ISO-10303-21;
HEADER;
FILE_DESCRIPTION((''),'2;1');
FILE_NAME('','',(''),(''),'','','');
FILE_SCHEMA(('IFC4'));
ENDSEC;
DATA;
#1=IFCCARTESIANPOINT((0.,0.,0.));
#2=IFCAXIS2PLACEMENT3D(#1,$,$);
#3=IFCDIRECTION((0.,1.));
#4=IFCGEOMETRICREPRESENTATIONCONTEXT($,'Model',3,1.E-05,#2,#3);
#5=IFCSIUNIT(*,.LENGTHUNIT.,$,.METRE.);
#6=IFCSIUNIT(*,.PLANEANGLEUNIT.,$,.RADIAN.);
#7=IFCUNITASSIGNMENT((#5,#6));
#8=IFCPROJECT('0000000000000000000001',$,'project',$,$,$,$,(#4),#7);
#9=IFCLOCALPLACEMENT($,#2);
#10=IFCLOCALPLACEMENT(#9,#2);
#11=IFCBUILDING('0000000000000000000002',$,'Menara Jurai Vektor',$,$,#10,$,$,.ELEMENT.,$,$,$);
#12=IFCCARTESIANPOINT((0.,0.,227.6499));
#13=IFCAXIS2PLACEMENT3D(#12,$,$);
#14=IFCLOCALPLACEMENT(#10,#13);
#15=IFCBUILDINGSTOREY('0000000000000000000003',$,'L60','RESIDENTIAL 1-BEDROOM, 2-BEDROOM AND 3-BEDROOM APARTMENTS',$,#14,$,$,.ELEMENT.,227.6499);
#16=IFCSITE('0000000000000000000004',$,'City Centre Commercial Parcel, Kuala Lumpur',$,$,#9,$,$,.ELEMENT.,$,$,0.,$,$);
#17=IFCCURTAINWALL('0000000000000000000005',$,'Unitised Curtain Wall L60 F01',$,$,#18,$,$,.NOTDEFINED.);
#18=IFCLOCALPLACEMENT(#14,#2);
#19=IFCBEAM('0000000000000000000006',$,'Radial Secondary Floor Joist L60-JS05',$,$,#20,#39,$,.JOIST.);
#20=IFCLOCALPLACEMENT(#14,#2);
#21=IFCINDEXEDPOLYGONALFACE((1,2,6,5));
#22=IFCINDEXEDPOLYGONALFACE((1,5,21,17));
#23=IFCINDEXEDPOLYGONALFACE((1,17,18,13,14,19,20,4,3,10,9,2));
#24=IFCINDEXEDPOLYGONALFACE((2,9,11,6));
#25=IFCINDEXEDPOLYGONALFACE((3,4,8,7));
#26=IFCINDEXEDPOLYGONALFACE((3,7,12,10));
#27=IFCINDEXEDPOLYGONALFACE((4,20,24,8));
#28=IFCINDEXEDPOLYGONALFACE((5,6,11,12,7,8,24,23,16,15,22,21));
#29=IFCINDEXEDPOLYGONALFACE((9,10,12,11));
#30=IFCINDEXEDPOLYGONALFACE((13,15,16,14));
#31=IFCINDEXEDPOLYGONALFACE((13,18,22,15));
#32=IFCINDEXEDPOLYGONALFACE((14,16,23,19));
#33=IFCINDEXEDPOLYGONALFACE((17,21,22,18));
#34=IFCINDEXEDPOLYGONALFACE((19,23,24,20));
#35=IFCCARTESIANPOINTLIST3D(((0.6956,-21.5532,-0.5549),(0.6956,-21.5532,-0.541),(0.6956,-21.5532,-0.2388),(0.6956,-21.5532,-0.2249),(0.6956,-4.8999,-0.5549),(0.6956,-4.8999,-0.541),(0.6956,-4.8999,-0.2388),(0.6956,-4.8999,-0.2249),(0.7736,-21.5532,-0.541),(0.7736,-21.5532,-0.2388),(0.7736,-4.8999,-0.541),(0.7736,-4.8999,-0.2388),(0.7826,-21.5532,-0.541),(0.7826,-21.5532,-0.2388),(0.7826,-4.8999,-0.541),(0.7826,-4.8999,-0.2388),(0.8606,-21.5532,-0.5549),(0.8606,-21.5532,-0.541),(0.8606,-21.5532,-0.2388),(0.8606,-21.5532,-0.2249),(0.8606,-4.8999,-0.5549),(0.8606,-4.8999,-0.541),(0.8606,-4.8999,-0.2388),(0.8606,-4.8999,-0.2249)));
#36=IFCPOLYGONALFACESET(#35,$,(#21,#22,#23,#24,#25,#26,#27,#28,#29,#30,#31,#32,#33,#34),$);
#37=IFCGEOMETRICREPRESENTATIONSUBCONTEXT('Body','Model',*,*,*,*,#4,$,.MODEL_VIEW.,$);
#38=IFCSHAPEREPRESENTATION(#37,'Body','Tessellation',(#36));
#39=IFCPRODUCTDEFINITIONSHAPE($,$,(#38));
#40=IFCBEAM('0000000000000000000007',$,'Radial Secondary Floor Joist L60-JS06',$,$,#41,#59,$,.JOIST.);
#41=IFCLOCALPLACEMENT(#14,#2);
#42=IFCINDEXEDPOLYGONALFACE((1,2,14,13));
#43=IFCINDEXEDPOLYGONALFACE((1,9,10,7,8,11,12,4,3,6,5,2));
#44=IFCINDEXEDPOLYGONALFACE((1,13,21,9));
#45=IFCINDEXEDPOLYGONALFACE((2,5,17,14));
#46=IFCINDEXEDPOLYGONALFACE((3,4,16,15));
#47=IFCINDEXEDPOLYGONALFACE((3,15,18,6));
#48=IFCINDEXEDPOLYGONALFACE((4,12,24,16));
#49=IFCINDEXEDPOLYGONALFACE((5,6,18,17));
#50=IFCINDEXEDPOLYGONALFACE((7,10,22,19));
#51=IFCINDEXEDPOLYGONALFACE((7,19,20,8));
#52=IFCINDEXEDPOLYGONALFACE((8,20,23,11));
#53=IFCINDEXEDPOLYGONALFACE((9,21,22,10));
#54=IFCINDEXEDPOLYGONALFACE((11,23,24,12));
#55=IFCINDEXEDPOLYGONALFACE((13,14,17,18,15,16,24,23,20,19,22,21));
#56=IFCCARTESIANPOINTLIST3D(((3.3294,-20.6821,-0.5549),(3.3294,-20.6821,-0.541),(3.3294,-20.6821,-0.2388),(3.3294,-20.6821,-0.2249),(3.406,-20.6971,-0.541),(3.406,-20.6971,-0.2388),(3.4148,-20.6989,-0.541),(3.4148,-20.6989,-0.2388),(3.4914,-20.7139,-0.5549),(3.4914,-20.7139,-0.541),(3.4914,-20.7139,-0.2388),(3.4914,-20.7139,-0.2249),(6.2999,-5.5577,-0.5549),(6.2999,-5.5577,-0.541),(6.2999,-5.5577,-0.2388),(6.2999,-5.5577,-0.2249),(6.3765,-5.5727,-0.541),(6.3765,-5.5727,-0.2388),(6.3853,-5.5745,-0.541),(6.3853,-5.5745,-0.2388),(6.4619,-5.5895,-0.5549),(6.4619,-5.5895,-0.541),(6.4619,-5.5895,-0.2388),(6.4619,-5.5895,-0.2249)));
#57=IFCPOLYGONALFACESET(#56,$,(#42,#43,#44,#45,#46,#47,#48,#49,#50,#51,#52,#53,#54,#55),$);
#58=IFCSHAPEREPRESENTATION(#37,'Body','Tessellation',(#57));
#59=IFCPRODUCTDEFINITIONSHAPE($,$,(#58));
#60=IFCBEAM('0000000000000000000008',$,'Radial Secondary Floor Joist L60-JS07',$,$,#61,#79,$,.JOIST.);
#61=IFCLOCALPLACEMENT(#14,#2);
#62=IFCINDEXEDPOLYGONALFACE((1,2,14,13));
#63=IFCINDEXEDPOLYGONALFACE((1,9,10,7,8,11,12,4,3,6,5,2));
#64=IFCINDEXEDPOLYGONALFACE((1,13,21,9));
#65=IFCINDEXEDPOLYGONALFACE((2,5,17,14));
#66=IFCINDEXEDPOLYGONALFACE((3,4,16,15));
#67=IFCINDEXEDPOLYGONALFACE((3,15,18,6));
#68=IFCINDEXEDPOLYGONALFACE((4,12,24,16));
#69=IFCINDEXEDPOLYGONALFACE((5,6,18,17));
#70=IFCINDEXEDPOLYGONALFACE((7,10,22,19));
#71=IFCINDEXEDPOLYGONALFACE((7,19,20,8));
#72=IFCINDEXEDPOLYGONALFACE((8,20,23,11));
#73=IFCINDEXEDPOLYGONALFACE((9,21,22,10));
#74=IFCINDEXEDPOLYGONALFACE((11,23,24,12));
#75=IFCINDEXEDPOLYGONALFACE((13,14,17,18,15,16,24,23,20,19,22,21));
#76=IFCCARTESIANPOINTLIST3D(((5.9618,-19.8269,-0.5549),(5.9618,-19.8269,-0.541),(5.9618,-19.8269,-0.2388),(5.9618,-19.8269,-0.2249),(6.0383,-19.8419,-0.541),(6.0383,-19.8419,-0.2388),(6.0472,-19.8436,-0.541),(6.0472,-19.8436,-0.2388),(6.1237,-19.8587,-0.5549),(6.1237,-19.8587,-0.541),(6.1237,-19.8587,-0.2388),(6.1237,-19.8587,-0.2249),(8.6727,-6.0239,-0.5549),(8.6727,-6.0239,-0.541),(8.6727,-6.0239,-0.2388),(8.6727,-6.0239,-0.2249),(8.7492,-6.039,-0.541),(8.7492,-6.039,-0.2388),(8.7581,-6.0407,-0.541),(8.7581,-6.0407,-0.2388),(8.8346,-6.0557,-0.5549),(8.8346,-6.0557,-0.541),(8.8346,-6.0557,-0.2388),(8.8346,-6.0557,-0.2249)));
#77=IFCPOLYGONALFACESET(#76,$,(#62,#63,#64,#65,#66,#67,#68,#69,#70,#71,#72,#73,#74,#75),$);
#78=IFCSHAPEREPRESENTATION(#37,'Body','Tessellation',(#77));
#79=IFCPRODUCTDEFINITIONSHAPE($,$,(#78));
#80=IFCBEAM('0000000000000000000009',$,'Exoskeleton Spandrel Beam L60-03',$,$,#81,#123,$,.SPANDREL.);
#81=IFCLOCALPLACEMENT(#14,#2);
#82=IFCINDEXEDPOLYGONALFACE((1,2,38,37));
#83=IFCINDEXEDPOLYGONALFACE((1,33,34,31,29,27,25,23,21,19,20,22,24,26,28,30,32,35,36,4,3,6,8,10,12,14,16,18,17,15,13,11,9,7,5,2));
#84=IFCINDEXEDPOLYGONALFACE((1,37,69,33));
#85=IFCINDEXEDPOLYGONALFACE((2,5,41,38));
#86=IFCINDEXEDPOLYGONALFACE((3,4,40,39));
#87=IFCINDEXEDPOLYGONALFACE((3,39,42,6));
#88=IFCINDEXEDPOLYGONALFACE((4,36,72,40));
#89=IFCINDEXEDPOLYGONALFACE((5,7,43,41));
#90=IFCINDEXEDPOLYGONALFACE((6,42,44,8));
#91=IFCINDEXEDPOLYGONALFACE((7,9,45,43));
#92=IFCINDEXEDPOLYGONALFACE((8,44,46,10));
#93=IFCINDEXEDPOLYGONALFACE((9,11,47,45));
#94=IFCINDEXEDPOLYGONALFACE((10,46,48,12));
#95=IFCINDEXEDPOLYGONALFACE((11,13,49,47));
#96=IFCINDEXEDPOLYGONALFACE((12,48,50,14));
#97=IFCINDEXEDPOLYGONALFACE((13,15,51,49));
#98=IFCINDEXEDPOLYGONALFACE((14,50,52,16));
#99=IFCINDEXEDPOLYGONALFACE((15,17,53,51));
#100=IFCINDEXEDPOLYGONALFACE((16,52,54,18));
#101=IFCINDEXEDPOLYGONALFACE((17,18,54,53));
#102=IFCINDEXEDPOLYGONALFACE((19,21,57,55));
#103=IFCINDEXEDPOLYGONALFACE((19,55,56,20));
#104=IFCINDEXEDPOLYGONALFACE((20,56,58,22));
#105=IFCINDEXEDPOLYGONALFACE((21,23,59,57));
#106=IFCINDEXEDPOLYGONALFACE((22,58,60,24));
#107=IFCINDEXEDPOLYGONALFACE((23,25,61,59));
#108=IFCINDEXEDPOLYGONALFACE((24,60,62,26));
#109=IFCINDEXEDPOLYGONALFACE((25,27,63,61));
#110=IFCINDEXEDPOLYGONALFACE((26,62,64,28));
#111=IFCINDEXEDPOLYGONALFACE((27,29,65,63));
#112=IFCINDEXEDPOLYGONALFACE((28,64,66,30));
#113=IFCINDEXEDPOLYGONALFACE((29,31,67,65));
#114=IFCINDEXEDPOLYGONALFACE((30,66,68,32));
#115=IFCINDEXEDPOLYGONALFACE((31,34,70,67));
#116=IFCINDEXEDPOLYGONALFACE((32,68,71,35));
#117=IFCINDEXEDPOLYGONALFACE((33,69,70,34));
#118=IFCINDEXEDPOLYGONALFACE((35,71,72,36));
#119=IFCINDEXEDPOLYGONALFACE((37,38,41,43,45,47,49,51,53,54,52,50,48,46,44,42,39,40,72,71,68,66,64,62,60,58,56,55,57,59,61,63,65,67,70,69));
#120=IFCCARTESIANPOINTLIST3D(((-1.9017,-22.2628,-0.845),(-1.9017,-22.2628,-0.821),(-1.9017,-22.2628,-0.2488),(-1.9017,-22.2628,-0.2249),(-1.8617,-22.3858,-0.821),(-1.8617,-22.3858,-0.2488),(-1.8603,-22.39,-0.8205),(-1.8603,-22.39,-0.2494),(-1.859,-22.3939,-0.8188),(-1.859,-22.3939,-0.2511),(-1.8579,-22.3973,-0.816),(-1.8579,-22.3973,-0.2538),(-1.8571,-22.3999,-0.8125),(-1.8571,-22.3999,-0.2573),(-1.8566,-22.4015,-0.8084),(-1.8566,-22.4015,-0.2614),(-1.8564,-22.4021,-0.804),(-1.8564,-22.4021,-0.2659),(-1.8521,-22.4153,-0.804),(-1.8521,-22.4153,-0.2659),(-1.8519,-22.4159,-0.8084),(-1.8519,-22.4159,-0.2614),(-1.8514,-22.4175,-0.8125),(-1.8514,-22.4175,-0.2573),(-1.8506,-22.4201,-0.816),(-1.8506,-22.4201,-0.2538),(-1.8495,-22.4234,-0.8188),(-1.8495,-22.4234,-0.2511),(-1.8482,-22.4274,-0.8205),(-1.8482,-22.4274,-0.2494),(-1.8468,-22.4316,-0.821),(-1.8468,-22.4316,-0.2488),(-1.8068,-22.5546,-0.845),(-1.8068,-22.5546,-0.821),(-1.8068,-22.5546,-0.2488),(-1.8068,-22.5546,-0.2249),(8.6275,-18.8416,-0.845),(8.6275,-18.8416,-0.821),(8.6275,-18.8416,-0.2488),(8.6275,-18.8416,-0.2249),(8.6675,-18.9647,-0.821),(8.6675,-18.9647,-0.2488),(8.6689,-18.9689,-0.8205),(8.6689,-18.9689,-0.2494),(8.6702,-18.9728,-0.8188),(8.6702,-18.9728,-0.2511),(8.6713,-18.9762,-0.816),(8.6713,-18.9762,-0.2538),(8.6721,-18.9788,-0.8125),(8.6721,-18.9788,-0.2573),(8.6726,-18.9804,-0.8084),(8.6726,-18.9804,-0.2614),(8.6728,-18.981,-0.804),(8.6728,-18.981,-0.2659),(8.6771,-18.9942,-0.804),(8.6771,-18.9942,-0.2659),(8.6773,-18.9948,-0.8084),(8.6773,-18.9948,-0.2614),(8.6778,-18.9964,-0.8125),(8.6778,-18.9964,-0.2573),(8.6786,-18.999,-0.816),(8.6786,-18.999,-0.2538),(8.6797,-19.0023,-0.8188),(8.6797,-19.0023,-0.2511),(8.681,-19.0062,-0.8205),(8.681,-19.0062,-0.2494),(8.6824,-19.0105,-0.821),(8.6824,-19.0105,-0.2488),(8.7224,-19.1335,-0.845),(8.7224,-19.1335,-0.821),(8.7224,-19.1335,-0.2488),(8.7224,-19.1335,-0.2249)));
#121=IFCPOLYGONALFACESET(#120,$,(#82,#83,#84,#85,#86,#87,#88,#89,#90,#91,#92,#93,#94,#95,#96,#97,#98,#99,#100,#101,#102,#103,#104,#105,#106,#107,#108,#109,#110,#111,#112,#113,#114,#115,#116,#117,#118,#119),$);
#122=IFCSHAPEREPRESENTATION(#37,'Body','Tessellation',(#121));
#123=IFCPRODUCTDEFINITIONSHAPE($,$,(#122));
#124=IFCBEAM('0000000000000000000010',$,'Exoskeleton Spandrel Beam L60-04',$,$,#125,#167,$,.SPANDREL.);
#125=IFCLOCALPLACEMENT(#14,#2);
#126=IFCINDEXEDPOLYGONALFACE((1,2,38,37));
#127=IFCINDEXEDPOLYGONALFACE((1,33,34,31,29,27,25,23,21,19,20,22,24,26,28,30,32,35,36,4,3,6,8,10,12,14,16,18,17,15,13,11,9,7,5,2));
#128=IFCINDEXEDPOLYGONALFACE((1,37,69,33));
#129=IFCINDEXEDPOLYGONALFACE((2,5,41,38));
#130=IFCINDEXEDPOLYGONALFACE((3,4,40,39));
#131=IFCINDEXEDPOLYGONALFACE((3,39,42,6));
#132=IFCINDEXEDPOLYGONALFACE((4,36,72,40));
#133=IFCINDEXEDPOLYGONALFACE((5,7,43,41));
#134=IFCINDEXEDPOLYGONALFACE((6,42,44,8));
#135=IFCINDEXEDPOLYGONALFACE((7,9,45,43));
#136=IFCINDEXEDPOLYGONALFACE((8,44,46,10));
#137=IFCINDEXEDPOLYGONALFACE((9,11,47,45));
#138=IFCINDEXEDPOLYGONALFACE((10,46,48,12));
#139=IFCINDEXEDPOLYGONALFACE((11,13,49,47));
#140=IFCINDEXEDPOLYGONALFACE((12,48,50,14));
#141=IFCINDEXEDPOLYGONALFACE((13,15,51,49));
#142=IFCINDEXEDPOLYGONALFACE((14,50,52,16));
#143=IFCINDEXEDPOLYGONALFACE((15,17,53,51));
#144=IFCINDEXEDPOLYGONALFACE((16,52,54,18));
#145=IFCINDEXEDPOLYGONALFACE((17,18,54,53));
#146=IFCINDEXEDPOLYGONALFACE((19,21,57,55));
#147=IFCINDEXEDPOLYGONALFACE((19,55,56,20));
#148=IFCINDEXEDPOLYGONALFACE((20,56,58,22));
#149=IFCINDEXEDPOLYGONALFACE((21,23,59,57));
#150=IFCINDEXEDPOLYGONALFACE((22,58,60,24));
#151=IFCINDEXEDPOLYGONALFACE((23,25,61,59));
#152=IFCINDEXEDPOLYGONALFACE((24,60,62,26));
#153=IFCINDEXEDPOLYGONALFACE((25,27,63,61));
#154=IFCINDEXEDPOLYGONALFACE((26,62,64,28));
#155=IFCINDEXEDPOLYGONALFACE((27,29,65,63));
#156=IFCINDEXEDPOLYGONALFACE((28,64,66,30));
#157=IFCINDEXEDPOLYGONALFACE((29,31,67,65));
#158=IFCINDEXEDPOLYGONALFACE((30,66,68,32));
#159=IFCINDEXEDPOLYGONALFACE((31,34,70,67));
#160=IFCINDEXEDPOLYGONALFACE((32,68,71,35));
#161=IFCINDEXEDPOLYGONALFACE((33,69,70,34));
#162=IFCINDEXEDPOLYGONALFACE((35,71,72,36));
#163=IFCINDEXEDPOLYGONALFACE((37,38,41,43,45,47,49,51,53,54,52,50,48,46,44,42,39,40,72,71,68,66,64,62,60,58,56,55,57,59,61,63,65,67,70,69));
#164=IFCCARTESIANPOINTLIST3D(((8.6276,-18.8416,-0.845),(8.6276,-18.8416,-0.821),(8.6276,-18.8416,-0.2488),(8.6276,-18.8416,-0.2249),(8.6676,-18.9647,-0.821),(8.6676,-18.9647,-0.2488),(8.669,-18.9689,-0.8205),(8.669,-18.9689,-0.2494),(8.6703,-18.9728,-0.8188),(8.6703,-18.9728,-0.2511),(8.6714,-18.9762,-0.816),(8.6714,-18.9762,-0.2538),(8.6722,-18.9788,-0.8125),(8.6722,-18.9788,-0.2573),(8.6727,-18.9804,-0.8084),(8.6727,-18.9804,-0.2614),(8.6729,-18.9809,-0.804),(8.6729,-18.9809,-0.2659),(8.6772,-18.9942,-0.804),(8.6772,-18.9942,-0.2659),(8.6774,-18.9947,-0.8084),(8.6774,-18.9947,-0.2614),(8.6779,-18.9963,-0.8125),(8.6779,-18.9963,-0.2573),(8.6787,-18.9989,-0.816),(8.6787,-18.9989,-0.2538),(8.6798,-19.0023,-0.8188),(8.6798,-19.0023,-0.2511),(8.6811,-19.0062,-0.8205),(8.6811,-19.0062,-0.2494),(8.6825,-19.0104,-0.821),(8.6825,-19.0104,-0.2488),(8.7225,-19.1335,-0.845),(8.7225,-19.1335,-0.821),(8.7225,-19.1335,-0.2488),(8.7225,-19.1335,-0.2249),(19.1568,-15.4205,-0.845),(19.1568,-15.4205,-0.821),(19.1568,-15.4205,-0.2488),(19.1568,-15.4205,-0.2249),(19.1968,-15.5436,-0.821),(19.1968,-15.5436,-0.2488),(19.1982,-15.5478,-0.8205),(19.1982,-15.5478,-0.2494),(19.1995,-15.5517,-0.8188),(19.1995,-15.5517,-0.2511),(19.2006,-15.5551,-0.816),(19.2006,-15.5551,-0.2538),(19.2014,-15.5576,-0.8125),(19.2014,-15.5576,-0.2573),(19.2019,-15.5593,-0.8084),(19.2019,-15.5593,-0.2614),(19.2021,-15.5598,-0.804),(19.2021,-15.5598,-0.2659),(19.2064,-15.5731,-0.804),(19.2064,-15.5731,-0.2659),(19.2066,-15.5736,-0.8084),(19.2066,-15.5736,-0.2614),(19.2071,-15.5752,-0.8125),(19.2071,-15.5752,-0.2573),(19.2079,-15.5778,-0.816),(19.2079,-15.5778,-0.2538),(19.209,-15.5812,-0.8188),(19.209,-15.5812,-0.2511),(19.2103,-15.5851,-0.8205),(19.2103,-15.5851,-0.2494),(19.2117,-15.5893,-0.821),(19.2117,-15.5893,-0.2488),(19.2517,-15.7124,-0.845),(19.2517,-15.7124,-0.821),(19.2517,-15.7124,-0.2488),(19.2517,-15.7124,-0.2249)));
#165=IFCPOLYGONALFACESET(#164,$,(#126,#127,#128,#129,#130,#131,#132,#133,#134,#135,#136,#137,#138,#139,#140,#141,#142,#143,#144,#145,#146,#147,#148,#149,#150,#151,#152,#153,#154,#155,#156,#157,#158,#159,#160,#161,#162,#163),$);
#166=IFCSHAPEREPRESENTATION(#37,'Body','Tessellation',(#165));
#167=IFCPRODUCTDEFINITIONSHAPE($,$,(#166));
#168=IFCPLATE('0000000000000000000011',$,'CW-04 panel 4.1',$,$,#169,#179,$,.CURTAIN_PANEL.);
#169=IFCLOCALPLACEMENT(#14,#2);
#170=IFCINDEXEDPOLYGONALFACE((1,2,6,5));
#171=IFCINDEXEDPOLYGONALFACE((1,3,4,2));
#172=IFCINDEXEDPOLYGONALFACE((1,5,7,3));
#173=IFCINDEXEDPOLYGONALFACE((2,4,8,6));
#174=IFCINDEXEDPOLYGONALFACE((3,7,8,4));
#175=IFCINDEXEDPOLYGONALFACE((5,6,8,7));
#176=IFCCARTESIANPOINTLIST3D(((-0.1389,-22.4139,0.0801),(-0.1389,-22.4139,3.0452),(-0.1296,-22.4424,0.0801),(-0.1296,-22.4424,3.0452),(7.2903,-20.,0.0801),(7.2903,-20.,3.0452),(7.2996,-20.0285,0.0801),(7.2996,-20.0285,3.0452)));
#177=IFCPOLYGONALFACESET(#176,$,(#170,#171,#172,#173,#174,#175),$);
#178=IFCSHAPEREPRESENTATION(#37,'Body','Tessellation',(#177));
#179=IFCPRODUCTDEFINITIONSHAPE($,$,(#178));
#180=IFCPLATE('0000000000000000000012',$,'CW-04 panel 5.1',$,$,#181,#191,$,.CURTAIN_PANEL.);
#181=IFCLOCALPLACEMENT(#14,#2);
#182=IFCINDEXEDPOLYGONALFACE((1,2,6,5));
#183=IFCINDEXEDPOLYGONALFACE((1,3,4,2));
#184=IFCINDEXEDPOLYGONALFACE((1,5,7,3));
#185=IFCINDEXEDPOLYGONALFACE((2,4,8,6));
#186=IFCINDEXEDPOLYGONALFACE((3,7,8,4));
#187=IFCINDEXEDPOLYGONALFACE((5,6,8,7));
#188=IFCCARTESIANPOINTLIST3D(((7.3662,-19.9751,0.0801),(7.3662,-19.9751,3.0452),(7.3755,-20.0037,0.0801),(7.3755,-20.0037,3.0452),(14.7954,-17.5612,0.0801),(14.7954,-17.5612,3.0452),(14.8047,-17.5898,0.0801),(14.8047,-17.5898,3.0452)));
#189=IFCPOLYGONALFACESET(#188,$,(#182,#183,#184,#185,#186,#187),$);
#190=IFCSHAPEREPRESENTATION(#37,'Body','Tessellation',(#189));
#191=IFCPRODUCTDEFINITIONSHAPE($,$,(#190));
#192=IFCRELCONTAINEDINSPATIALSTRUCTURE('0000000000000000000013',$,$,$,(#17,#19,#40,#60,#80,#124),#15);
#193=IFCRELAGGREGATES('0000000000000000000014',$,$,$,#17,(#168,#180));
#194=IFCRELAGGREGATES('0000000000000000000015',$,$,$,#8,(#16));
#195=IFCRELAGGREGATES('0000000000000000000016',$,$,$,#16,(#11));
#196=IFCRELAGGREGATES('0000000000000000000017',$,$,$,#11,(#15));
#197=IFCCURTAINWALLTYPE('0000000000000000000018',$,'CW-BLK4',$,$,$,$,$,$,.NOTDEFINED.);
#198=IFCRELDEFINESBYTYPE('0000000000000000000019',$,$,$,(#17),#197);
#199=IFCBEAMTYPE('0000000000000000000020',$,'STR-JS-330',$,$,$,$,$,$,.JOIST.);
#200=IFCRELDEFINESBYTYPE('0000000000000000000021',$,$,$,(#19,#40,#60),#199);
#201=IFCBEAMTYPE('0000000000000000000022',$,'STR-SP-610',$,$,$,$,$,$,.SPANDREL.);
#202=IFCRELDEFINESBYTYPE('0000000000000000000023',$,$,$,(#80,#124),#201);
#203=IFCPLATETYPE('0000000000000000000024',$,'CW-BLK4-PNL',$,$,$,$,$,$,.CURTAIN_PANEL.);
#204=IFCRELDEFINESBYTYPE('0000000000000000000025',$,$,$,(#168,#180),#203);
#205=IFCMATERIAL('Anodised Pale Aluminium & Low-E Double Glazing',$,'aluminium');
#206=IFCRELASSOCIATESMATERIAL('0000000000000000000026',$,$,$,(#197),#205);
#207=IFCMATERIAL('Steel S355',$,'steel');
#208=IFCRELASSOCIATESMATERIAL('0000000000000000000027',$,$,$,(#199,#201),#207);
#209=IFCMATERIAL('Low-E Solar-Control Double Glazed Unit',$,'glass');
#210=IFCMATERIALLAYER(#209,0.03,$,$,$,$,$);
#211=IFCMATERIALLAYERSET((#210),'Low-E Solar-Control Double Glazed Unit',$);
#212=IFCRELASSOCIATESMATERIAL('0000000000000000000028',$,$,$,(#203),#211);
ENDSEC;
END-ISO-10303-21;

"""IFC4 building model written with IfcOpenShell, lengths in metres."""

from ifc_helpers import new_model, si_unit, direction, frame, origin, origin_2d, place, context, subcontext, project, spatial, rectangle, i_section, extrude, material, layer, layer_set, material_profile, profile_set, type_object, element, aggregate, save


model = new_model("IFC4")

# Units and contexts
model_context = context("Model", 3, precision=1e-05, world=origin(), true_north=direction((0.0, 1.0)))
body_context = subcontext(model_context, "Body", "Model", "MODEL_VIEW")
ifc_project = project(units=[si_unit("LENGTHUNIT", "METRE"), si_unit("PLANEANGLEUNIT", "RADIAN")], contexts=[model_context])

# Site, building, storey
site_placement = place(None, origin())
site = spatial("IfcSite", under=ifc_project, at=site_placement, Name="City Centre Commercial Parcel, Kuala Lumpur", CompositionType="ELEMENT", RefElevation=0.0)
building_placement = place(site_placement, origin())
building = spatial("IfcBuilding", under=site, at=building_placement, Name="Menara Jurai Vektor", CompositionType="ELEMENT")
storey_placement = place(building_placement, frame((0.0, 0.0, 227.6499)))
storey = spatial("IfcBuildingStorey", under=building, at=storey_placement, Name="L60", Description="RESIDENTIAL 1-BEDROOM, 2-BEDROOM AND 3-BEDROOM APARTMENTS", CompositionType="ELEMENT", Elevation=227.6499)

# Curtain wall
ifc_material_1 = material(Name="Anodised Pale Aluminium & Low-E Double Glazing", Category="aluminium")
curtain_wall_type = type_object("IfcCurtainWallType", Name="CW-BLK4", PredefinedType="NOTDEFINED", material=ifc_material_1)
curtain_wall_placement = place(storey_placement, origin())
curtain_wall = element("IfcCurtainWall", 1, at=curtain_wall_placement, inside=storey, type_object=curtain_wall_type, Name="Unitised Curtain Wall L60 F01", PredefinedType="NOTDEFINED")

# Beams
ifc_material_2 = material(Name="Steel S355", Category="steel")
ifc_material_profile_1 = material_profile(ifc_material_2, i_section(OverallWidth=0.165, OverallDepth=0.3301, WebThickness=0.009, FlangeThickness=0.0139, at=origin_2d()), Name="PG 330x165x46")
ifc_profile_set_1 = profile_set([ifc_material_profile_1], Name="Steel S355")
beam_type_1 = type_object("IfcBeamType", Name="STR-JS-330", PredefinedType="JOIST", material=ifc_profile_set_1)
beam_1_placement = place(storey_placement, frame((0.7781, -21.5532, -0.3899), z_axis=(0.0, 1.0, 0.0), x_axis=(-1.0, 0.0, 0.0)))
element("IfcBeam", 2, at=beam_1_placement, inside=storey, type_object=beam_type_1, Name="Radial Secondary Floor Joist L60-JS05", PredefinedType="JOIST", context=body_context, shape_type="SweptSolid", body=[
    extrude(i_section(OverallWidth=0.165, OverallDepth=0.3301, WebThickness=0.009, FlangeThickness=0.0139, at=origin_2d()), origin(), (0.0, 0.0, 1.0), 16.6533),
])
beam_2_placement = place(storey_placement, frame((3.4104, -20.698, -0.3899), z_axis=(0.192722, 0.981253, 0.0), x_axis=(-0.981253, 0.192722, 0.0)))
element("IfcBeam", 3, at=beam_2_placement, inside=storey, type_object=beam_type_1, Name="Radial Secondary Floor Joist L60-JS06", PredefinedType="JOIST", context=body_context, shape_type="SweptSolid", body=[
    extrude(i_section(OverallWidth=0.165, OverallDepth=0.3301, WebThickness=0.009, FlangeThickness=0.0139, at=origin_2d()), origin(), (0.0, 0.0, 1.0), 15.4133),
])
beam_3_placement = place(storey_placement, frame((6.0427, -19.8428, -0.3899), z_axis=(0.192721, 0.981254, 0.0), x_axis=(-0.981254, 0.192721, 0.0)))
element("IfcBeam", 4, at=beam_3_placement, inside=storey, type_object=beam_type_1, Name="Radial Secondary Floor Joist L60-JS07", PredefinedType="JOIST", context=body_context, shape_type="SweptSolid", body=[
    extrude(i_section(OverallWidth=0.165, OverallDepth=0.3301, WebThickness=0.009, FlangeThickness=0.0139, at=origin_2d()), origin(), (0.0, 0.0, 1.0), 14.0667),
])
ifc_material_profile_2 = material_profile(ifc_material_2, i_section(OverallWidth=0.3069, OverallDepth=0.6201, WebThickness=0.0139, FlangeThickness=0.0239, FilletRadius=0.0171, at=origin_2d()), Name="UKB 610x305x179")
ifc_profile_set_2 = profile_set([ifc_material_profile_2], Name="Steel S355")
beam_type_2 = type_object("IfcBeamType", Name="STR-SP-610", PredefinedType="SPANDREL", material=ifc_profile_set_2)
for number, where, z_axis, x_axis, name in (
    (5, (-1.8542, -22.4087, -0.5349), (0.951057, 0.309014, 0.0), (-0.309014, 0.951057, 0.0), "Exoskeleton Spandrel Beam L60-03"),
    (6, (8.675, -18.9875, -0.5349), (0.951057, 0.309014, 0.0), (-0.309014, 0.951057, 0.0), "Exoskeleton Spandrel Beam L60-04"),
):
    element("IfcBeam", number, at=place(storey_placement, frame(where, z_axis=z_axis, x_axis=x_axis)), inside=storey, type_object=beam_type_2, Name=name, PredefinedType="SPANDREL", context=body_context, shape_type="SweptSolid", body=[
        extrude(i_section(OverallWidth=0.3069, OverallDepth=0.6201, WebThickness=0.0139, FlangeThickness=0.0239, FilletRadius=0.0171, at=origin_2d()), origin(), (0.0, 0.0, 1.0), 11.071),
    ])

# Plates
ifc_material_3 = material(Name="Low-E Solar-Control Double Glazed Unit", Category="glass")
ifc_layer_1 = layer(ifc_material_3, 0.03)
ifc_layer_set_1 = layer_set([ifc_layer_1], Name="Low-E Solar-Control Double Glazed Unit")
plate_type_1 = type_object("IfcPlateType", Name="CW-BLK4-PNL", PredefinedType="CURTAIN_PANEL", material=ifc_layer_set_1)
plate_1_placement = place(storey_placement, frame((3.5803, -21.2212, 0.0801), z_axis=(0.0, 0.0, 1.0), x_axis=(0.951056, 0.309017, 0.0)))
plate_1 = element("IfcPlate", 7, at=plate_1_placement, type_object=plate_type_1, Name="CW-04 panel 4.1", PredefinedType="CURTAIN_PANEL", context=body_context, shape_type="SweptSolid", body=[
    extrude(rectangle(XDim=7.8115, YDim=0.03, at=origin_2d()), origin(), (0.0, 0.0, 1.0), 2.9651),
])
plate_2_placement = place(storey_placement, frame((11.0854, -18.7825, 0.0801), z_axis=(0.0, 0.0, 1.0), x_axis=(0.951056, 0.309017, 0.0)))
plate_2 = element("IfcPlate", 8, at=plate_2_placement, type_object=plate_type_1, Name="CW-04 panel 5.1", PredefinedType="CURTAIN_PANEL", context=body_context, shape_type="SweptSolid", body=[
    extrude(rectangle(XDim=7.8115, YDim=0.03, at=origin_2d()), origin(), (0.0, 0.0, 1.0), 2.9651),
])
aggregate(curtain_wall, [plate_1, plate_2])

save(model, "model.ifc")
